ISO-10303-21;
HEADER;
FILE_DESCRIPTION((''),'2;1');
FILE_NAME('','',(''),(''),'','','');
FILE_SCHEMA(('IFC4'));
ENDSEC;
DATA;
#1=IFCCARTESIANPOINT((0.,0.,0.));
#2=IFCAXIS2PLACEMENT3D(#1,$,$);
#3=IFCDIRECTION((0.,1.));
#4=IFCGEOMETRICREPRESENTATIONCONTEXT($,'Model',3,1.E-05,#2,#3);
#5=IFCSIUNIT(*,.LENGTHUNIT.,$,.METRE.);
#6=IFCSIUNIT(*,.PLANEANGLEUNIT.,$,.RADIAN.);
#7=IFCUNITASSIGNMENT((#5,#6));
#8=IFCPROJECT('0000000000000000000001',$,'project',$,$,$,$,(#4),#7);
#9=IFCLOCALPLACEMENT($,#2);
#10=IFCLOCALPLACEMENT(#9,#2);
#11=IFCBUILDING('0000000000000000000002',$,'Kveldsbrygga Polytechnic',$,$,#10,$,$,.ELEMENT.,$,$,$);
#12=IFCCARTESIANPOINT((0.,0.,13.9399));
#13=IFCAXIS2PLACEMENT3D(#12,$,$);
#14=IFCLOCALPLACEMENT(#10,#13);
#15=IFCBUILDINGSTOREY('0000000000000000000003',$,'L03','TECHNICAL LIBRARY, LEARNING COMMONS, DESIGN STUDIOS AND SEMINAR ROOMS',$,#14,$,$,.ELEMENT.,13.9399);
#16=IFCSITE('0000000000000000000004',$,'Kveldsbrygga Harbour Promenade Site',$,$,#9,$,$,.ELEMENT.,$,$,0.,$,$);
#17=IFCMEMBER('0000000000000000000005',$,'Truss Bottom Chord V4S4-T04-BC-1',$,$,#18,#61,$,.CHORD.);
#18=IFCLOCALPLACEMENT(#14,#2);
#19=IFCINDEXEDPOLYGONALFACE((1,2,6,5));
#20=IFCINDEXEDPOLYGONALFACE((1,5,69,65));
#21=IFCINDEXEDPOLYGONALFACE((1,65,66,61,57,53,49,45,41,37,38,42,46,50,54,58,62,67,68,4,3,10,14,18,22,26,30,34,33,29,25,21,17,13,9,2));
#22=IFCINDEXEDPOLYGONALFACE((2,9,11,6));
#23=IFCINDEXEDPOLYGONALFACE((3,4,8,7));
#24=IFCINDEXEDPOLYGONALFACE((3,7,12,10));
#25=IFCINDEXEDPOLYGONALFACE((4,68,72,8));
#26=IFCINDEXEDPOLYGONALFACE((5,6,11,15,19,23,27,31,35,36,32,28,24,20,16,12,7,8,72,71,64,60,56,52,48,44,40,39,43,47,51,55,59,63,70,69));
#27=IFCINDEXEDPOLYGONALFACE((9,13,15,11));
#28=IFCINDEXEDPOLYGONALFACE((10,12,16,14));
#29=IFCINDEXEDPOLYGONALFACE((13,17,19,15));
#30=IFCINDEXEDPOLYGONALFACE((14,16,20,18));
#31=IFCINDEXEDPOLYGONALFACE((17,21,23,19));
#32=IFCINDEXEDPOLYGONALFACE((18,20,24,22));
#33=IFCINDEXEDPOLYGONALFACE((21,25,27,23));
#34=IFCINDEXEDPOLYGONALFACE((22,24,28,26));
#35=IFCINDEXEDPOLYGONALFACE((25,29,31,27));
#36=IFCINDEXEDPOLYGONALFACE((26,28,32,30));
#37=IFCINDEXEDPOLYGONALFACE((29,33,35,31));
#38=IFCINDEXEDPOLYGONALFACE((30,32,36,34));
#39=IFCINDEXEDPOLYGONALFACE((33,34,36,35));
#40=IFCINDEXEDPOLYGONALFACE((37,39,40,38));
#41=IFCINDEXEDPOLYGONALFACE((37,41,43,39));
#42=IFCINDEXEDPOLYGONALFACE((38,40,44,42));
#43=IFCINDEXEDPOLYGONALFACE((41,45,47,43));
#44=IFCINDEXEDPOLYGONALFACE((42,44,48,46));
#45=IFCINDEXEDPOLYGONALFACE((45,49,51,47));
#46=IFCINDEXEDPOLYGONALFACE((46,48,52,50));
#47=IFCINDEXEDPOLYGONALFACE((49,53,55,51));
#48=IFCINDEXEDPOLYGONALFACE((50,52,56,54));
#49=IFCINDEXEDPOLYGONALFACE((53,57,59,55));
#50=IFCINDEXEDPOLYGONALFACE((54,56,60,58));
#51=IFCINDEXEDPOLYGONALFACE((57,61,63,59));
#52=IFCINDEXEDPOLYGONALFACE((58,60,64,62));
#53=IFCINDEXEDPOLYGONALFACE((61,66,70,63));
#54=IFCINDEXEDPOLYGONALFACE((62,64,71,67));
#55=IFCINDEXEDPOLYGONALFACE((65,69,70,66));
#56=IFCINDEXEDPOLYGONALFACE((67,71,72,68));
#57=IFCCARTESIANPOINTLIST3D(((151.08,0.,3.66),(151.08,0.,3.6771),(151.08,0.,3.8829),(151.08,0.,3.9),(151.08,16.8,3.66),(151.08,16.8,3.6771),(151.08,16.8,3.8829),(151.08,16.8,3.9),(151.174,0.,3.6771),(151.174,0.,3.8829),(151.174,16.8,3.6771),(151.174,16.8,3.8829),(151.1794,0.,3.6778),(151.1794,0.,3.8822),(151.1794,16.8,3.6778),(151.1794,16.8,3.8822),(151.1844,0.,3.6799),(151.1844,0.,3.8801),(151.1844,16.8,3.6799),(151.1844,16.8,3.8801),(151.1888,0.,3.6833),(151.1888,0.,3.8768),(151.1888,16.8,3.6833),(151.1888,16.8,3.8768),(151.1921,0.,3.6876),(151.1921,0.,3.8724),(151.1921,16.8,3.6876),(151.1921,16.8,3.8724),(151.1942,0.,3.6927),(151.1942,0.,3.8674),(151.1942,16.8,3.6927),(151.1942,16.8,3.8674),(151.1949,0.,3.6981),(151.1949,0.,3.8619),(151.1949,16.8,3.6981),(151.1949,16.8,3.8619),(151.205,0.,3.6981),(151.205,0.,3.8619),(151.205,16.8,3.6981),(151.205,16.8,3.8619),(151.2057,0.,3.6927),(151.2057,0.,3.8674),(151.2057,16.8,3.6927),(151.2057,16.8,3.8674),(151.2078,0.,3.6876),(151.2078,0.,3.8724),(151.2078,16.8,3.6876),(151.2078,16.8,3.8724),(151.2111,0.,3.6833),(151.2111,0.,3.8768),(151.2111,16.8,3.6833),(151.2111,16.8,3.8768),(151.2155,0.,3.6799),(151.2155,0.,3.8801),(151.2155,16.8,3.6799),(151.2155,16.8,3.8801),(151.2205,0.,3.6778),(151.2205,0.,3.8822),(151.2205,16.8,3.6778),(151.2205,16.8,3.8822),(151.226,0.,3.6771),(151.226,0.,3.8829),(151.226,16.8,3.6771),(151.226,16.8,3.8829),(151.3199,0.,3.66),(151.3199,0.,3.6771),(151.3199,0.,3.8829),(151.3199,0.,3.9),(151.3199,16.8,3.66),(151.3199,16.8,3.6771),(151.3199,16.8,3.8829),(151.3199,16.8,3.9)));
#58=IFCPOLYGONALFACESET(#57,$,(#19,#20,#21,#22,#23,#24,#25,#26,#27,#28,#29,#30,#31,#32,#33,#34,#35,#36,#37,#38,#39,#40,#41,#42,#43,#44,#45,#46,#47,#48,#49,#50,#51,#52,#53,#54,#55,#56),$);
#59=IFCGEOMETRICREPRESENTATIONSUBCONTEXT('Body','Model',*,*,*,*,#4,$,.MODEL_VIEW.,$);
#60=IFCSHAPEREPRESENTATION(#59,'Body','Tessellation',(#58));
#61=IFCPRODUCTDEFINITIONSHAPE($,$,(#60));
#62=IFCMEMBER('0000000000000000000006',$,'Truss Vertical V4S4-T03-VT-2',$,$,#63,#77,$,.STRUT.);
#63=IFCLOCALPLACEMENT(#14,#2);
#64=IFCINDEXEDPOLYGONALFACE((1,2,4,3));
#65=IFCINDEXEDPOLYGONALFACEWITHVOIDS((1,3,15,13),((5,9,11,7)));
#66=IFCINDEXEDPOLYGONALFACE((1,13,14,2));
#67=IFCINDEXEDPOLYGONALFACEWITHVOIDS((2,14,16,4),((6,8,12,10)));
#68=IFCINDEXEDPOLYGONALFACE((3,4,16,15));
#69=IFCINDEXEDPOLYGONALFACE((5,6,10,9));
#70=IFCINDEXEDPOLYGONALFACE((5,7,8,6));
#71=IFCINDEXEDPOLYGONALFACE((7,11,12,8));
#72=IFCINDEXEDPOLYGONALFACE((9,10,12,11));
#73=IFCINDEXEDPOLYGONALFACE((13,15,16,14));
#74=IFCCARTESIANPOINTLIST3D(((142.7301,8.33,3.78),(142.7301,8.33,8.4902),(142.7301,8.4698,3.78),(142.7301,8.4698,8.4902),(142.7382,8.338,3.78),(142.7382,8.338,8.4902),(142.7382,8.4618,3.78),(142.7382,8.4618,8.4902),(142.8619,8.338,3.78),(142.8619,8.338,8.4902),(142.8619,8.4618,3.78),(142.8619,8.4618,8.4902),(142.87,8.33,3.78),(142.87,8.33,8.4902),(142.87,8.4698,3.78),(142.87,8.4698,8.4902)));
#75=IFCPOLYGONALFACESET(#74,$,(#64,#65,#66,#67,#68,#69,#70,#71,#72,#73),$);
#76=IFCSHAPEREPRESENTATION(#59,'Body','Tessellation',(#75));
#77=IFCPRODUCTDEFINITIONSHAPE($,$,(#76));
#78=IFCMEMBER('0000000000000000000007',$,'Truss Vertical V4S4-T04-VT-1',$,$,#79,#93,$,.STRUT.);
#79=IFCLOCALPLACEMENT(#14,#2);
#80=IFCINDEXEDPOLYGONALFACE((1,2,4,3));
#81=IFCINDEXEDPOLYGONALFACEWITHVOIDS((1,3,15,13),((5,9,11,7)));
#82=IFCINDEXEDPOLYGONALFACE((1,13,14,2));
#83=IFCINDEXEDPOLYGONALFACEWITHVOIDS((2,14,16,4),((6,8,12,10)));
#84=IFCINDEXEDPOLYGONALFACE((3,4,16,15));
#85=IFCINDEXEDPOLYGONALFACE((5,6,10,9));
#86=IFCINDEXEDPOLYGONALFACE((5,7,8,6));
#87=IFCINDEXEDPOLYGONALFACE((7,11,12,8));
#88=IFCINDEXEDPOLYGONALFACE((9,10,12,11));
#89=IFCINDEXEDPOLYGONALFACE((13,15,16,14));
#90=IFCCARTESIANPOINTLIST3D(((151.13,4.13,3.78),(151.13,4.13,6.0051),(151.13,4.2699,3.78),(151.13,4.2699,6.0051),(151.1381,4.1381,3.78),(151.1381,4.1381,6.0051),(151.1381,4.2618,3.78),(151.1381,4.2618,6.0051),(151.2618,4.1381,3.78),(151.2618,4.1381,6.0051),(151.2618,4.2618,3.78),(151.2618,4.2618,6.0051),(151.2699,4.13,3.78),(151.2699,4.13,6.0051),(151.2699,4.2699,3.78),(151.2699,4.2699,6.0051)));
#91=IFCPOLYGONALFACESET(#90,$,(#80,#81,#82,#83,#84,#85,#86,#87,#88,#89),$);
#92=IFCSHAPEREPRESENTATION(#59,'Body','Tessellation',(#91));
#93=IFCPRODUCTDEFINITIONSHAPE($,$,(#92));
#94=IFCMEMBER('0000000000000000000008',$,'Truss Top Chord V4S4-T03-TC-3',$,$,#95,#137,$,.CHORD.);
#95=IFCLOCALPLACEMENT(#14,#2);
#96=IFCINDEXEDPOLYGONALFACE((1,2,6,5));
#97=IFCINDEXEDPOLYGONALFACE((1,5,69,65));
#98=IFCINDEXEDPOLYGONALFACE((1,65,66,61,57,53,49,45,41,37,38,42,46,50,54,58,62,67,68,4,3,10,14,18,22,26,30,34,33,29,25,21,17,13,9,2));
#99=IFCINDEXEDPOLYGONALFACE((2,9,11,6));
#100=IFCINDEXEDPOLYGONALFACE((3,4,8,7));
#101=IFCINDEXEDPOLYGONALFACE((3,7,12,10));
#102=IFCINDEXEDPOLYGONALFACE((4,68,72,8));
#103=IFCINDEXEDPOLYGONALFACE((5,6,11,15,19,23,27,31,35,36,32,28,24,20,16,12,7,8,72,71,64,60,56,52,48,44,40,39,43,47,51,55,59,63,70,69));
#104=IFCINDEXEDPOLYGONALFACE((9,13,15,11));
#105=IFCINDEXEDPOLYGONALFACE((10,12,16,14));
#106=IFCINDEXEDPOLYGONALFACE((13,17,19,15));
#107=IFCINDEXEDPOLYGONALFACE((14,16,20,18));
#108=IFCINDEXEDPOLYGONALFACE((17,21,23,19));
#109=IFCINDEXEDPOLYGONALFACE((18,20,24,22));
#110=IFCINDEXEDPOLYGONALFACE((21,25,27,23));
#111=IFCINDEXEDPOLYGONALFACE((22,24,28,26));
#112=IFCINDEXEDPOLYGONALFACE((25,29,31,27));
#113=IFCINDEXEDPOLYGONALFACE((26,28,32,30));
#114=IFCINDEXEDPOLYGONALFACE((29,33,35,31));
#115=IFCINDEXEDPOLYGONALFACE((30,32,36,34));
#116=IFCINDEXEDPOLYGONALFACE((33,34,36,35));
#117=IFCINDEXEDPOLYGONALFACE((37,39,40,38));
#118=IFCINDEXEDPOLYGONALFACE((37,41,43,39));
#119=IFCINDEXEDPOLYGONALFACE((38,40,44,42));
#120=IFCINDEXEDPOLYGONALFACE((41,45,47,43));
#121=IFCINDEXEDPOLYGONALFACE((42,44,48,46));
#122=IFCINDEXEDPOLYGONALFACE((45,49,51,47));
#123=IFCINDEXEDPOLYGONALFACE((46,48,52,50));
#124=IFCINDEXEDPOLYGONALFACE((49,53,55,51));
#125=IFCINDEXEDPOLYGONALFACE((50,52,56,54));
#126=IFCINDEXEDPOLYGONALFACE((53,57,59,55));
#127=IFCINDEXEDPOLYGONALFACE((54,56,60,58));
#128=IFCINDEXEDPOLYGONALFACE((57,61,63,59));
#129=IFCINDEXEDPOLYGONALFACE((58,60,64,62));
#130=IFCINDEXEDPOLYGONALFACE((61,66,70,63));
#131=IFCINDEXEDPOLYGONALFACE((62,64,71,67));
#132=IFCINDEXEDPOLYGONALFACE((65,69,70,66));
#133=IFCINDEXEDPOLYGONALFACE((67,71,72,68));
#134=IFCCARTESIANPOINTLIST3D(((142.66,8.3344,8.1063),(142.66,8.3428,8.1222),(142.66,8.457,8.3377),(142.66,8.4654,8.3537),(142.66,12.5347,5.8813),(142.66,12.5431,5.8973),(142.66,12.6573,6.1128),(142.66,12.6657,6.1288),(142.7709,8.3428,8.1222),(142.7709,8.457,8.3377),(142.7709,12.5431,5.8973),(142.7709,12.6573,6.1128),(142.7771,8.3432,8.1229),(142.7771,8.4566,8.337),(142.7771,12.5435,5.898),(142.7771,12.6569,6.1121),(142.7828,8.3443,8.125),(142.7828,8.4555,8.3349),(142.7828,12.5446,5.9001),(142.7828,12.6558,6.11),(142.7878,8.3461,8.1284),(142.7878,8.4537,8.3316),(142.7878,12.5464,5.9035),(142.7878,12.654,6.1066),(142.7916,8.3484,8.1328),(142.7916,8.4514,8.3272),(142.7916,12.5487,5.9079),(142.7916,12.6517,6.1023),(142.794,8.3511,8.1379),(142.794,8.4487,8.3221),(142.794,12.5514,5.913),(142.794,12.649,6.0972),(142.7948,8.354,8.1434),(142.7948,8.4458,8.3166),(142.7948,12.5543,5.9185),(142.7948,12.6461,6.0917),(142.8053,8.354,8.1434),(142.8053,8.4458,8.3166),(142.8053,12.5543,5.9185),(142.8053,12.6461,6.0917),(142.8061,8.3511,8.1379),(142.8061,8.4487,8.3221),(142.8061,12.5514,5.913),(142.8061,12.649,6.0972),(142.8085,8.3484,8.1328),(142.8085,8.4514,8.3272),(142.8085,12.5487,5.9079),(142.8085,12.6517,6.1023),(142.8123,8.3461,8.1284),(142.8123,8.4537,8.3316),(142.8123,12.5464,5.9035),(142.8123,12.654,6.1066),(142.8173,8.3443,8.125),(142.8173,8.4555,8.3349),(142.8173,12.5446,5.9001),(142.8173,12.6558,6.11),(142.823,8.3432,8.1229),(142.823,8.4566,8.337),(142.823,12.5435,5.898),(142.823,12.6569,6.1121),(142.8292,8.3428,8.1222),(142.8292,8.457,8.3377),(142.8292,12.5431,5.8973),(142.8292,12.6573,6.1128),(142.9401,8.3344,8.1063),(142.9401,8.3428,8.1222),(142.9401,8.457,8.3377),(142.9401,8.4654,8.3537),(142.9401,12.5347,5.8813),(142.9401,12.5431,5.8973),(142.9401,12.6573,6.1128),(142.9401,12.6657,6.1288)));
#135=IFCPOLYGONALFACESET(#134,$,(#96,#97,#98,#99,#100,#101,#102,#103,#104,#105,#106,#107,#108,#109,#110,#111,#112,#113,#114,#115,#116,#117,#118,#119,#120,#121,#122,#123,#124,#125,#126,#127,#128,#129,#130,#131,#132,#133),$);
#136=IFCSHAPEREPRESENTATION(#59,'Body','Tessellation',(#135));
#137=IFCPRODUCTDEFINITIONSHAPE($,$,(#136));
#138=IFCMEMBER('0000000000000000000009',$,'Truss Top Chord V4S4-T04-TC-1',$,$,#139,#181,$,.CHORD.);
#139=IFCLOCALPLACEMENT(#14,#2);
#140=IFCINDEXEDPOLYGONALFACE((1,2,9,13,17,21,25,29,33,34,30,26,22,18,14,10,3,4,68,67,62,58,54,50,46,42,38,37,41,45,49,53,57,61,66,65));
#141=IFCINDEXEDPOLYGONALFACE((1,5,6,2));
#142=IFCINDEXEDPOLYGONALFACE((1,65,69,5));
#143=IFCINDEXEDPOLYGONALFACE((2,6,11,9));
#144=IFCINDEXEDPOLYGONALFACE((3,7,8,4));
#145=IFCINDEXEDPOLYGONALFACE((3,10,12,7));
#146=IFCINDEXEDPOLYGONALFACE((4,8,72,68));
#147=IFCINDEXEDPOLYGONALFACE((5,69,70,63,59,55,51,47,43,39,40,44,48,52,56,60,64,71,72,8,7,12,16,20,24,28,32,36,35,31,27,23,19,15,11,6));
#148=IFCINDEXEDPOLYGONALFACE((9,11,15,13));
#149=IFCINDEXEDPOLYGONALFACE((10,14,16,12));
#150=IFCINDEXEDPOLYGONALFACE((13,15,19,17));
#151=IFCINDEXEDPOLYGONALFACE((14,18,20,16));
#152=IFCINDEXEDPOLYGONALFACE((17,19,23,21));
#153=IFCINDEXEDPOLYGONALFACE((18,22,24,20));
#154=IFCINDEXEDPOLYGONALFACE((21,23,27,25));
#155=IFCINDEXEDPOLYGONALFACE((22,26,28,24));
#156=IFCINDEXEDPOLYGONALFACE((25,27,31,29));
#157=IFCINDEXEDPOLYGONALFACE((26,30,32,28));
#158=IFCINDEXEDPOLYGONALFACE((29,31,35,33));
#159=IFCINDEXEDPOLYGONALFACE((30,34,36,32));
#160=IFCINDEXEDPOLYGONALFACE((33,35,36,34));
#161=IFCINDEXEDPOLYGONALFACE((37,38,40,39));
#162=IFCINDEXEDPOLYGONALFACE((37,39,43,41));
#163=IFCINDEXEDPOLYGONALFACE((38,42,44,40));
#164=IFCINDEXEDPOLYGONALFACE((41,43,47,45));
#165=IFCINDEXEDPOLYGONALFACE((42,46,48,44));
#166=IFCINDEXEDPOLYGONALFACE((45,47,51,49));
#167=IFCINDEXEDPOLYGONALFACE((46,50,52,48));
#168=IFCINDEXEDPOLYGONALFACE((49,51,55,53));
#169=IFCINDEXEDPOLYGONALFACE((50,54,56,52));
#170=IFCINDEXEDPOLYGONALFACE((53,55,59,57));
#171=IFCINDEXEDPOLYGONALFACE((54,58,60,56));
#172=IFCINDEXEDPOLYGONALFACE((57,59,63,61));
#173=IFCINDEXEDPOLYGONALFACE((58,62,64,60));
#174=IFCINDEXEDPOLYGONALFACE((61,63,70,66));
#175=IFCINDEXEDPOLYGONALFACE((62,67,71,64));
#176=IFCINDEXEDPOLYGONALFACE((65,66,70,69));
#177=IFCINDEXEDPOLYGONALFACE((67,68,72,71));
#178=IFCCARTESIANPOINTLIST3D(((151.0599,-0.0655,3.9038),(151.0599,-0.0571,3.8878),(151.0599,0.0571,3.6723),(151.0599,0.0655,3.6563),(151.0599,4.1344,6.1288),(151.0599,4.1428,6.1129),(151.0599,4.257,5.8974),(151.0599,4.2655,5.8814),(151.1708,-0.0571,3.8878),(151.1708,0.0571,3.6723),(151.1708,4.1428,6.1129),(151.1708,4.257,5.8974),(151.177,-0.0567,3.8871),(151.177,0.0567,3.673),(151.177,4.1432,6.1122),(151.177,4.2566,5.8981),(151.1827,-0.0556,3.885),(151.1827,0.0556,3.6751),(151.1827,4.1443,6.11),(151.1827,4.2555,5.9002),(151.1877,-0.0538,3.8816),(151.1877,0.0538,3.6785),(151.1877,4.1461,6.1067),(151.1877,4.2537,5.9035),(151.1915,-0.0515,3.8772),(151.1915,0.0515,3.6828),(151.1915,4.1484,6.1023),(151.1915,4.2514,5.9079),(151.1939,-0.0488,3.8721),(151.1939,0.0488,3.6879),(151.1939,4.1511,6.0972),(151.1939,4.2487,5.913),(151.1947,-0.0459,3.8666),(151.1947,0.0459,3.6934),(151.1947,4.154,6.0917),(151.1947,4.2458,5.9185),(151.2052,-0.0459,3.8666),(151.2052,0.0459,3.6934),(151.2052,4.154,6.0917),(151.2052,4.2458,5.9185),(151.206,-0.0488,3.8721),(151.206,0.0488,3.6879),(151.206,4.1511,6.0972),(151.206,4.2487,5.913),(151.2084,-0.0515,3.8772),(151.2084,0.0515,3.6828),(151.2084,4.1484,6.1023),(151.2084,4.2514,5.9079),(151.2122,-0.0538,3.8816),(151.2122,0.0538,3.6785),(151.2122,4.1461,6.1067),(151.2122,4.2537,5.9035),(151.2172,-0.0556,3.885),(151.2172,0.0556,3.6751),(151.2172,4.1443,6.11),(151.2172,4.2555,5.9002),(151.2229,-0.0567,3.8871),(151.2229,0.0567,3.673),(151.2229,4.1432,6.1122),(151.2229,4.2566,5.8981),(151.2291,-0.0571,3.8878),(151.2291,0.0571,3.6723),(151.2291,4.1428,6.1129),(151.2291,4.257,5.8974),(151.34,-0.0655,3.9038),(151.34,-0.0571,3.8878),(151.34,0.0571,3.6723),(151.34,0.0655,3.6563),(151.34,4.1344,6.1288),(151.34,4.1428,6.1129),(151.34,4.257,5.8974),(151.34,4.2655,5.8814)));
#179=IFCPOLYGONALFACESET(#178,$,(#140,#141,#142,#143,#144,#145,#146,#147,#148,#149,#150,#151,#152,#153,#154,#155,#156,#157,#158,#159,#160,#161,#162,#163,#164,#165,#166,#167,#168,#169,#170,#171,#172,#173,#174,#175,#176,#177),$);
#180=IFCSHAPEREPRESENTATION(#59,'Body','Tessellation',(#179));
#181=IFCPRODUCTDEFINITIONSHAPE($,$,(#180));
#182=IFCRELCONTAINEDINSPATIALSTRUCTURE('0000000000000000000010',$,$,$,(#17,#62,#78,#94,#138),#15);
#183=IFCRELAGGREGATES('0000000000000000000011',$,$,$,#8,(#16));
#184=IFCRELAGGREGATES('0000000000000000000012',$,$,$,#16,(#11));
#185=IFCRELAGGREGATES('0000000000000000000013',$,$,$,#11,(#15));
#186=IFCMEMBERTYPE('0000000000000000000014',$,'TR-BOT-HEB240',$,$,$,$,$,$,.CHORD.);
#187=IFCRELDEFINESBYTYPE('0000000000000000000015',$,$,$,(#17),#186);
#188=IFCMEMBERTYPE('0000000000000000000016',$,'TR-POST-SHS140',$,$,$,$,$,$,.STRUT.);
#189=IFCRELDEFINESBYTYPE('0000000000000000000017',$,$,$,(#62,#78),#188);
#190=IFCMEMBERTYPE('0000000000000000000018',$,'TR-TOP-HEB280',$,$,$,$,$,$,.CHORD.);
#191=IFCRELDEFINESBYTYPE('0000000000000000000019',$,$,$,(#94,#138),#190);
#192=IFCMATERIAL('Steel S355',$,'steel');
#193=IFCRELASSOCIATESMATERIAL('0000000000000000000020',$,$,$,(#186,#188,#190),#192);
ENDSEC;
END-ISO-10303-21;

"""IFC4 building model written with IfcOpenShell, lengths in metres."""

from ifc_helpers import new_model, si_unit, direction, frame, origin, origin_2d, place, context, subcontext, project, spatial, hollow_rectangle, i_section, extrude, material, material_profile, profile_set, type_object, element, save


model = new_model("IFC4")

# Units and contexts
model_context = context("Model", 3, precision=1e-05, world=origin(), true_north=direction((0.0, 1.0)))
body_context = subcontext(model_context, "Body", "Model", "MODEL_VIEW")
ifc_project = project(units=[si_unit("LENGTHUNIT", "METRE"), si_unit("PLANEANGLEUNIT", "RADIAN")], contexts=[model_context])

# Site, building, storey
site_placement = place(None, origin())
site = spatial("IfcSite", under=ifc_project, at=site_placement, Name="Kveldsbrygga Harbour Promenade Site", CompositionType="ELEMENT", RefElevation=0.0)
building_placement = place(site_placement, origin())
building = spatial("IfcBuilding", under=site, at=building_placement, Name="Kveldsbrygga Polytechnic", CompositionType="ELEMENT")
storey_placement = place(building_placement, frame((0.0, 0.0, 13.9399)))
storey = spatial("IfcBuildingStorey", under=building, at=storey_placement, Name="L03", Description="TECHNICAL LIBRARY, LEARNING COMMONS, DESIGN STUDIOS AND SEMINAR ROOMS", CompositionType="ELEMENT", Elevation=13.9399)

# Members
ifc_material_1 = material(Name="Steel S355", Category="steel")
ifc_material_profile_1 = material_profile(ifc_material_1, i_section(OverallWidth=0.24, OverallDepth=0.24, WebThickness=0.01, FlangeThickness=0.0171, FilletRadius=0.021, at=origin_2d()), Name="HEB 240")
ifc_profile_set_1 = profile_set([ifc_material_profile_1], Name="Steel S355")
member_type_1 = type_object("IfcMemberType", Name="TR-BOT-HEB240", PredefinedType="CHORD", material=ifc_profile_set_1)
member_1_placement = place(storey_placement, frame((151.2, 0.0, 3.78), z_axis=(0.0, 1.0, 0.0), x_axis=(-1.0, 0.0, 0.0)))
element("IfcMember", 1, at=member_1_placement, inside=storey, type_object=member_type_1, Name="Truss Bottom Chord V4S4-T04-BC-1", PredefinedType="CHORD", context=body_context, shape_type="SweptSolid", body=[
    extrude(i_section(OverallWidth=0.24, OverallDepth=0.24, WebThickness=0.01, FlangeThickness=0.0171, FilletRadius=0.021, at=origin_2d()), origin(), (0.0, 0.0, 1.0), 16.8),
])
ifc_material_profile_2 = material_profile(ifc_material_1, hollow_rectangle(XDim=0.1399, YDim=0.1399, WallThickness=0.0081, at=origin_2d()), Name="SHS 140x140x8.0")
ifc_profile_set_2 = profile_set([ifc_material_profile_2], Name="Steel S355")
member_type_2 = type_object("IfcMemberType", Name="TR-POST-SHS140", PredefinedType="STRUT", material=ifc_profile_set_2)
member_2_placement = place(storey_placement, frame((142.8, 8.3999, 3.78), z_axis=(0.0, 0.0, 1.0), x_axis=(1.0, 0.0, 0.0)))
element("IfcMember", 2, at=member_2_placement, inside=storey, type_object=member_type_2, Name="Truss Vertical V4S4-T03-VT-2", PredefinedType="STRUT", context=body_context, shape_type="SweptSolid", body=[
    extrude(hollow_rectangle(XDim=0.1399, YDim=0.1399, WallThickness=0.0081, at=origin_2d()), origin(), (0.0, 0.0, 1.0), 4.7102),
])
member_3_placement = place(storey_placement, frame((151.2, 4.2, 3.78), z_axis=(0.0, 0.0, 1.0), x_axis=(1.0, 0.0, 0.0)))
element("IfcMember", 3, at=member_3_placement, inside=storey, type_object=member_type_2, Name="Truss Vertical V4S4-T04-VT-1", PredefinedType="STRUT", context=body_context, shape_type="SweptSolid", body=[
    extrude(hollow_rectangle(XDim=0.1399, YDim=0.1399, WallThickness=0.0081, at=origin_2d()), origin(), (0.0, 0.0, 1.0), 2.2251),
])
ifc_material_profile_3 = material_profile(ifc_material_1, i_section(OverallWidth=0.28, OverallDepth=0.28, WebThickness=0.0105, FlangeThickness=0.0181, FilletRadius=0.0239, at=origin_2d()), Name="HEB 280")
ifc_profile_set_3 = profile_set([ifc_material_profile_3], Name="Steel S355")
member_type_3 = type_object("IfcMemberType", Name="TR-TOP-HEB280", PredefinedType="CHORD", material=ifc_profile_set_3)
member_4_placement = place(storey_placement, frame((142.8, 8.3999, 8.23), z_axis=(0.0, 0.883682, -0.468088), x_axis=(-1.0, 0.0, 0.0)))
element("IfcMember", 4, at=member_4_placement, inside=storey, type_object=member_type_3, Name="Truss Top Chord V4S4-T03-TC-3", PredefinedType="CHORD", context=body_context, shape_type="SweptSolid", body=[
    extrude(i_section(OverallWidth=0.28, OverallDepth=0.28, WebThickness=0.0105, FlangeThickness=0.0181, FilletRadius=0.0239, at=origin_2d()), origin(), (0.0, 0.0, 1.0), 4.7532),
])
for number, where, z_axis, x_axis, name in (
    (5, (151.2, 0.0, 3.78), (0.0, 0.883649, 0.46815), (-1.0, 0.0, 0.0), "Truss Top Chord V4S4-T04-TC-1"),
):
    element("IfcMember", number, at=place(storey_placement, frame(where, z_axis=z_axis, x_axis=x_axis)), inside=storey, type_object=member_type_3, Name=name, PredefinedType="CHORD", context=body_context, shape_type="SweptSolid", body=[
        extrude(i_section(OverallWidth=0.28, OverallDepth=0.28, WebThickness=0.0105, FlangeThickness=0.0181, FilletRadius=0.0239, at=origin_2d()), origin(), (0.0, 0.0, 1.0), 4.7529),
    ])

save(model, "model.ifc")
